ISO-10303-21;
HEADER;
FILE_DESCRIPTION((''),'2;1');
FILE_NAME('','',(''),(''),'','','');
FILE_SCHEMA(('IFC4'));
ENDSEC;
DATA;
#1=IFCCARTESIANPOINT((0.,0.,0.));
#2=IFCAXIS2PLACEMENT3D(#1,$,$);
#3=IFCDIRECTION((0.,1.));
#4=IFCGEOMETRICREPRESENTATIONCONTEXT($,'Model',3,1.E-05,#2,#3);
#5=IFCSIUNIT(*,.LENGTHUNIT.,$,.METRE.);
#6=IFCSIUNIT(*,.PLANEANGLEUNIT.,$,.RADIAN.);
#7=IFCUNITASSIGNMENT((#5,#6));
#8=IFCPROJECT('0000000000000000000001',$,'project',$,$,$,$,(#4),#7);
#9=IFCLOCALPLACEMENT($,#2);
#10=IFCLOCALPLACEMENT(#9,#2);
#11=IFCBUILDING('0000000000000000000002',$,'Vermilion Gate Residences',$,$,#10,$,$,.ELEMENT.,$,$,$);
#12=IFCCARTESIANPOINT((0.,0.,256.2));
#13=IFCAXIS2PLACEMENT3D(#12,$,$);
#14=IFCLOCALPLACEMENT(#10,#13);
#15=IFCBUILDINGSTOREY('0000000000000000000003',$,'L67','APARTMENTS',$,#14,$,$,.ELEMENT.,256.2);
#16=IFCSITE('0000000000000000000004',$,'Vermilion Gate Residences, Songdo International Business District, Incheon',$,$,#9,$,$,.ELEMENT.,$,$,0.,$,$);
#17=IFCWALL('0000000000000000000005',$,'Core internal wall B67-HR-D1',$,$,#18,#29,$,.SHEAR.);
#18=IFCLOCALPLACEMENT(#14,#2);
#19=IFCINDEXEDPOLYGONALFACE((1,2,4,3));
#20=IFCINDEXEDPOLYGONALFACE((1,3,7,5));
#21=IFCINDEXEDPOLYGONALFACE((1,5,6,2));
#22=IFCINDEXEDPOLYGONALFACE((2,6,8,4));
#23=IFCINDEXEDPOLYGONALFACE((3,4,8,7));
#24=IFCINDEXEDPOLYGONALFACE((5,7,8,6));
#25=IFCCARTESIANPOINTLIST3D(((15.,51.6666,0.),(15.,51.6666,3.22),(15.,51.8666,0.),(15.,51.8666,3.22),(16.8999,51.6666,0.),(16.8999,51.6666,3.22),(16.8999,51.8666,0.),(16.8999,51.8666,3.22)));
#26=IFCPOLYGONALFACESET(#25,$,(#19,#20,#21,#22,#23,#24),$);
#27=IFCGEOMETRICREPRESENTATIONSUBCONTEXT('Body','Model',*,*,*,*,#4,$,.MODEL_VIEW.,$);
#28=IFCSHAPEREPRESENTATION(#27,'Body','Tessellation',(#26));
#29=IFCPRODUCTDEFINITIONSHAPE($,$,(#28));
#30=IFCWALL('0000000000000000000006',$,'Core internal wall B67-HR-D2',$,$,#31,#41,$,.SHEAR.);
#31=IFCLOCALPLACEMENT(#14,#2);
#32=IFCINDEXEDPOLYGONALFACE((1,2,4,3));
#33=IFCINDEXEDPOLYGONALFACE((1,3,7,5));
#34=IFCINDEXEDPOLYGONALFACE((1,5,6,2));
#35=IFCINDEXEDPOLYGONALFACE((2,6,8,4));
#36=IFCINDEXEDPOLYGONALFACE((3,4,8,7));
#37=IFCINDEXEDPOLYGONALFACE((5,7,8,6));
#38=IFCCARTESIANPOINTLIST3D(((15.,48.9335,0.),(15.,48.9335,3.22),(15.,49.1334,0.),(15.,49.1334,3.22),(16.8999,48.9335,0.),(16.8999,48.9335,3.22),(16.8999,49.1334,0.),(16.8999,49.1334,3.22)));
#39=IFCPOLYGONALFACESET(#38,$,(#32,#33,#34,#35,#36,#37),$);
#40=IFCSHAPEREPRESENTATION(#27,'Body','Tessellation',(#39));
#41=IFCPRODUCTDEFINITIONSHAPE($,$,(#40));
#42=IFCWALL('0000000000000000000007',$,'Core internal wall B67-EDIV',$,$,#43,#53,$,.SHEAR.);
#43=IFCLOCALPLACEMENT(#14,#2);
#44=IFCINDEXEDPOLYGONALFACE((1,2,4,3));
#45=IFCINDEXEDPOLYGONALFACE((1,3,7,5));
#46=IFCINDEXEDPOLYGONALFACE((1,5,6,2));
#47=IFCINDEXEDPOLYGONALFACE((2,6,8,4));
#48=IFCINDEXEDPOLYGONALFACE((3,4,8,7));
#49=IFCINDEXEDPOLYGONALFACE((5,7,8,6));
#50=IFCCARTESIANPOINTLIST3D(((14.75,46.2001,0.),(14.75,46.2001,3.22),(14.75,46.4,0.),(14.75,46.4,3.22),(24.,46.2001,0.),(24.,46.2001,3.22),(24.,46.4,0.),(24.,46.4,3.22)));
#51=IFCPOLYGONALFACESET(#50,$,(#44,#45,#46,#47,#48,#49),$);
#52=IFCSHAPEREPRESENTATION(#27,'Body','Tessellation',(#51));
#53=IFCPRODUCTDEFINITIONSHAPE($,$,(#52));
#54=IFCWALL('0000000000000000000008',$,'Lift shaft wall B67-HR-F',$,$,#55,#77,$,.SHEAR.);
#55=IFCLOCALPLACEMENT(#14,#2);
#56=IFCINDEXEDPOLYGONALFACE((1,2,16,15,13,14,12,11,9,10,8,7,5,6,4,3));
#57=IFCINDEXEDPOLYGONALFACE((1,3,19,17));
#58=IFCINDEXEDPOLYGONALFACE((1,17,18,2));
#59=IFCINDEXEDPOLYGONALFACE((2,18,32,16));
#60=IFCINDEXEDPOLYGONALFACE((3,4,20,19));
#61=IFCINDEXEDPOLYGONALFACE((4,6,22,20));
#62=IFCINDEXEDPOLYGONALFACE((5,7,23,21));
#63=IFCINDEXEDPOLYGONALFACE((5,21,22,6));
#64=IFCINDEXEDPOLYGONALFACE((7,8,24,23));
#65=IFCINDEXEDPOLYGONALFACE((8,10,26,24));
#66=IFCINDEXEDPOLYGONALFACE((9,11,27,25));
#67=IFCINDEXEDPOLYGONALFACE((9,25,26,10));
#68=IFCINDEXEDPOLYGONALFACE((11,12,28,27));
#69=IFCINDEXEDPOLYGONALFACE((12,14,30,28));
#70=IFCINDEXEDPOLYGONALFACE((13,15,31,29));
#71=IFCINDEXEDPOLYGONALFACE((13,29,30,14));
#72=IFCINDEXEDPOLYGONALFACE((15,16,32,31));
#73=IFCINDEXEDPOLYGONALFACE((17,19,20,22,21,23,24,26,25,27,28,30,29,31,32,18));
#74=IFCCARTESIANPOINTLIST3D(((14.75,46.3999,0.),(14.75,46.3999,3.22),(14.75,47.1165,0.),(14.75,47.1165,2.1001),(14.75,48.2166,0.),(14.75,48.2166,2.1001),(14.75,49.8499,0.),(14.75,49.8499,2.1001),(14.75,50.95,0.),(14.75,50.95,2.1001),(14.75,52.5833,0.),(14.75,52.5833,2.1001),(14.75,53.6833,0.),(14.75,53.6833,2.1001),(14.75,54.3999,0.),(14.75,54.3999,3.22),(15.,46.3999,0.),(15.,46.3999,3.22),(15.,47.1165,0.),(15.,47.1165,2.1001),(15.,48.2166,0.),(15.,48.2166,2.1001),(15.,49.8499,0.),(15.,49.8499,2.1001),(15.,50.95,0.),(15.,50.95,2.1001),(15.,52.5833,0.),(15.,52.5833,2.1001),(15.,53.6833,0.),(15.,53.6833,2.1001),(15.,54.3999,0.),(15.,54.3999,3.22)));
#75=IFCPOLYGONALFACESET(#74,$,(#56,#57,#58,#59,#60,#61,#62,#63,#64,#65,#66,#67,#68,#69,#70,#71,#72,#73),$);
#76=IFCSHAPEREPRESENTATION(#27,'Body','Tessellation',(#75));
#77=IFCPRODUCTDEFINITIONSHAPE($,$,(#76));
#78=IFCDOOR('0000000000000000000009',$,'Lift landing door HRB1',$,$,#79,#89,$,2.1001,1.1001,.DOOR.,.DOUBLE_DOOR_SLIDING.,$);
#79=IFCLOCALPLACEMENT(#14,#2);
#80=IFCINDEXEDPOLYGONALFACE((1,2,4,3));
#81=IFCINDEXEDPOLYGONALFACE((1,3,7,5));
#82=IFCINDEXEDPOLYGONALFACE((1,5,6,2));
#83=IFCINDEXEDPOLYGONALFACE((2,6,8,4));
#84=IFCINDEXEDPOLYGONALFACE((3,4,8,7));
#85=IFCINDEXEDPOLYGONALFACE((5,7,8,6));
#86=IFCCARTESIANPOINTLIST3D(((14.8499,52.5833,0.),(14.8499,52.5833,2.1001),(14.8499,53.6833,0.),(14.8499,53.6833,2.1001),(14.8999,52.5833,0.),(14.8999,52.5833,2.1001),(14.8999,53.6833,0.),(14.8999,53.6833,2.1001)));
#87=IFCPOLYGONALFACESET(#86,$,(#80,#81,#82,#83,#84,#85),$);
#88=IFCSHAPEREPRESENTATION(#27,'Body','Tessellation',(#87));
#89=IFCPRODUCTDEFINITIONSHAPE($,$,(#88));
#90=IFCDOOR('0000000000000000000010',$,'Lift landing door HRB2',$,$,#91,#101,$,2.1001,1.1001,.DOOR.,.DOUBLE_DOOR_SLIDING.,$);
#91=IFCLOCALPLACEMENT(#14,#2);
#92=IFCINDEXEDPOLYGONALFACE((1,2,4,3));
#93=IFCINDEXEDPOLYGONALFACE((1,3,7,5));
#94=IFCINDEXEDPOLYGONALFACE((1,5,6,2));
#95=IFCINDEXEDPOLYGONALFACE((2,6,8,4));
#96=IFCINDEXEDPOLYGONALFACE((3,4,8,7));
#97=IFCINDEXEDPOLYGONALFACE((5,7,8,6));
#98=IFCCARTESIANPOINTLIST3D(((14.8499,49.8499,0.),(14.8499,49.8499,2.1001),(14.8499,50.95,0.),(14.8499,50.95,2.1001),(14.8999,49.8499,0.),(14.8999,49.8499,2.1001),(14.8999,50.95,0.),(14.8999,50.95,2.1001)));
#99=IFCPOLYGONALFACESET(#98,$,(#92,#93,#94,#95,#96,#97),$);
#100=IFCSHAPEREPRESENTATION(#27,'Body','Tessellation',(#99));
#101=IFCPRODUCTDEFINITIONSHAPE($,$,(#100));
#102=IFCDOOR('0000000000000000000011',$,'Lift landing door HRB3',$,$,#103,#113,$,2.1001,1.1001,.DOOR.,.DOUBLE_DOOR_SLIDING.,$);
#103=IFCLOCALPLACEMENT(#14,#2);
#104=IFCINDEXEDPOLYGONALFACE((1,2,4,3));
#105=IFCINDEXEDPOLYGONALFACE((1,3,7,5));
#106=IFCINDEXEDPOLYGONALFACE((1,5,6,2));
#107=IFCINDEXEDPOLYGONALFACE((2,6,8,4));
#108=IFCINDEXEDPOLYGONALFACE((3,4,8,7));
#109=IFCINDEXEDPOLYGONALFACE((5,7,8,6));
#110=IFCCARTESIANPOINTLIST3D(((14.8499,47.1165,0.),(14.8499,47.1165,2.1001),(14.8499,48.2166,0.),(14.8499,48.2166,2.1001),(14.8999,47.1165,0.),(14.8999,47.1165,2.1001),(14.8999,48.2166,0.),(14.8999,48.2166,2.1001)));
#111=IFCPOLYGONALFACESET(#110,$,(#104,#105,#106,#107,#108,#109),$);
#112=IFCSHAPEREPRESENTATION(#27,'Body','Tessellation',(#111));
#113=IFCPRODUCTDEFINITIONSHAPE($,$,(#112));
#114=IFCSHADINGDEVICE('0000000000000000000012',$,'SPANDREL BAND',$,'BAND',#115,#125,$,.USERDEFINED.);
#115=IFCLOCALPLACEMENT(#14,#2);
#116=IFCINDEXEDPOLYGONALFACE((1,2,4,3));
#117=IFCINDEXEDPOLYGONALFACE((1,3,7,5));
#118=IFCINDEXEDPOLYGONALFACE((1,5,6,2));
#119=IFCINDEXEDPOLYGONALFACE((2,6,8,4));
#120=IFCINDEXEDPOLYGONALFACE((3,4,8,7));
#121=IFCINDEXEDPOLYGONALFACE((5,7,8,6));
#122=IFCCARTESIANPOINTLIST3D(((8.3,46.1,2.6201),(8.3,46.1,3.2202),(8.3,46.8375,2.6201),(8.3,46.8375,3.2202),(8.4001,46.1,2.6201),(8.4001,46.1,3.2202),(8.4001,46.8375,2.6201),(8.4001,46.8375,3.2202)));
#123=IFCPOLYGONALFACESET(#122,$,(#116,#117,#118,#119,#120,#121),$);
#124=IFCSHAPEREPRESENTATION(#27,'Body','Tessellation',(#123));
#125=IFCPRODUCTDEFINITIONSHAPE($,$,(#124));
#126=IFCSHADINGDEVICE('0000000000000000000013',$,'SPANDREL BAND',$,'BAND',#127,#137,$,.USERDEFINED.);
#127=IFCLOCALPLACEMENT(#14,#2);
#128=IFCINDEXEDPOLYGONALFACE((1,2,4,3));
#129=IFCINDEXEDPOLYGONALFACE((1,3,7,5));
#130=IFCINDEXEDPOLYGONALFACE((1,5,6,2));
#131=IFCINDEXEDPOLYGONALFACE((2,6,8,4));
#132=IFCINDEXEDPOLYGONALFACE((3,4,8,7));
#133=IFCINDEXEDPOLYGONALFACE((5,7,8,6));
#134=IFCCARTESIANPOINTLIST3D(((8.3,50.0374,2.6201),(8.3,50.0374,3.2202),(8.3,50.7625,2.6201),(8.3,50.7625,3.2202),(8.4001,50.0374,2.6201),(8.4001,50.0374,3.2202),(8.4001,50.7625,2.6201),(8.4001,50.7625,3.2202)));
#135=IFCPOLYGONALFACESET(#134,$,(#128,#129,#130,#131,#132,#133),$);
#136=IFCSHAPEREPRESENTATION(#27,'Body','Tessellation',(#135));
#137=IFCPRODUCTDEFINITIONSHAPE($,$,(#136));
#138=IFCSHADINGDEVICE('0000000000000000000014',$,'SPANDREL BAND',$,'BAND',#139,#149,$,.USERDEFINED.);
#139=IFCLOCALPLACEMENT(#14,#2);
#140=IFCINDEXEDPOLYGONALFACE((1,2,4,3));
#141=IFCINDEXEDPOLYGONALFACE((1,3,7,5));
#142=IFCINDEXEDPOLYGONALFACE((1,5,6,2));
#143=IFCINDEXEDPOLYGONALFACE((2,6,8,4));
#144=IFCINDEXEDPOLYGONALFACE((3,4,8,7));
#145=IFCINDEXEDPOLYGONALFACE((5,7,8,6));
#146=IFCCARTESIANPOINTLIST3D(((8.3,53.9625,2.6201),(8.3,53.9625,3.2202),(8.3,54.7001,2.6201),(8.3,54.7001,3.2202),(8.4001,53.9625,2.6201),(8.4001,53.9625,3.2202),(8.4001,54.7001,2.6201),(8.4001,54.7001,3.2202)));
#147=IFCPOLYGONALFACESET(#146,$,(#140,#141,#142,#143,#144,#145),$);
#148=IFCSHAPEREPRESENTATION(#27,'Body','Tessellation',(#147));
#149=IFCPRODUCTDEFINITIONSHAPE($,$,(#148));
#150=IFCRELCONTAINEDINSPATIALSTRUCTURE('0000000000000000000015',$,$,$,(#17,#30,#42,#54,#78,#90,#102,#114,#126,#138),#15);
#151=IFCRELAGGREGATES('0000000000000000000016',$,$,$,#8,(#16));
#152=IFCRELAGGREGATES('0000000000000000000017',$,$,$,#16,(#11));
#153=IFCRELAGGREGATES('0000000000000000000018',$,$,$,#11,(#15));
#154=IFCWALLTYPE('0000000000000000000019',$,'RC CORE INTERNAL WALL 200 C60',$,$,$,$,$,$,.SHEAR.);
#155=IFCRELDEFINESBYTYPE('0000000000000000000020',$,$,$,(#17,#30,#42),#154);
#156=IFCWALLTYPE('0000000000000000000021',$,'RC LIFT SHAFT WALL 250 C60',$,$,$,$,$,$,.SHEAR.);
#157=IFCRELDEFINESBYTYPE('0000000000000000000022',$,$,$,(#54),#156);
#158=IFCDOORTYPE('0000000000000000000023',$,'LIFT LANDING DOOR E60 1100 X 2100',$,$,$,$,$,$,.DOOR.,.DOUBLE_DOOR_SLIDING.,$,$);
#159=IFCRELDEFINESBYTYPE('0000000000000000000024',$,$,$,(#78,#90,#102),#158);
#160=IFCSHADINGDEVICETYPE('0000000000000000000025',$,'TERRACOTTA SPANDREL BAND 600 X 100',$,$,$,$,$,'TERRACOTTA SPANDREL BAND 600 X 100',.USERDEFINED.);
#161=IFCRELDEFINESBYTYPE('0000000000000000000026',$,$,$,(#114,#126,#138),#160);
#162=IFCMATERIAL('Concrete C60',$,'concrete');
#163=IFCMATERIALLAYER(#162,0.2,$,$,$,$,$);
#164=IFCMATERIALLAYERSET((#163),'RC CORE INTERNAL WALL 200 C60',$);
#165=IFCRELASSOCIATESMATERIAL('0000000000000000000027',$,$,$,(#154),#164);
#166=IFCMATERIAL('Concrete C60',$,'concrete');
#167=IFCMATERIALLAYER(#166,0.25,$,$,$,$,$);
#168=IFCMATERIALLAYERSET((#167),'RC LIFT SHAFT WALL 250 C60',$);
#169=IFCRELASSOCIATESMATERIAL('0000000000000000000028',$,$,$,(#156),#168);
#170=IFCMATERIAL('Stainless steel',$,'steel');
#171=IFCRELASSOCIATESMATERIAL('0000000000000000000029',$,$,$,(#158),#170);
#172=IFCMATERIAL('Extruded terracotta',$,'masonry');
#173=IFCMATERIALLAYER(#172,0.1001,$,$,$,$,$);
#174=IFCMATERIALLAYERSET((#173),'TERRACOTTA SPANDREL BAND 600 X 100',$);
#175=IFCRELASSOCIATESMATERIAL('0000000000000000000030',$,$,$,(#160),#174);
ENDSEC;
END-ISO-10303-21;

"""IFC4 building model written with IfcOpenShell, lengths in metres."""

from ifc_helpers import new_model, si_unit, direction, frame, frame_2d, origin, origin_2d, place, context, subcontext, project, spatial, rectangle, extrude, material, layer, layer_set, type_object, element, fill, save


model = new_model("IFC4")

# Units and contexts
model_context = context("Model", 3, precision=1e-05, world=origin(), true_north=direction((0.0, 1.0)))
body_context = subcontext(model_context, "Body", "Model", "MODEL_VIEW")
ifc_project = project(units=[si_unit("LENGTHUNIT", "METRE"), si_unit("PLANEANGLEUNIT", "RADIAN")], contexts=[model_context])

# Site, building, storey
site_placement = place(None, origin())
site = spatial("IfcSite", under=ifc_project, at=site_placement, Name="Vermilion Gate Residences, Songdo International Business District, Incheon", CompositionType="ELEMENT", RefElevation=0.0)
building_placement = place(site_placement, origin())
building = spatial("IfcBuilding", under=site, at=building_placement, Name="Vermilion Gate Residences", CompositionType="ELEMENT")
storey_placement = place(building_placement, frame((0.0, 0.0, 256.2)))
storey = spatial("IfcBuildingStorey", under=building, at=storey_placement, Name="L67", Description="APARTMENTS", CompositionType="ELEMENT", Elevation=256.2)

# Walls
ifc_material_1 = material(Name="Concrete C60", Category="concrete")
ifc_layer_1 = layer(ifc_material_1, 0.2)
ifc_layer_set_1 = layer_set([ifc_layer_1], Name="RC CORE INTERNAL WALL 200 C60")
wall_type_1 = type_object("IfcWallType", Name="RC CORE INTERNAL WALL 200 C60", PredefinedType="SHEAR", material=ifc_layer_set_1)
for number, where, z_axis, x_axis, name in (
    (1, (15.0, 51.7666, 0.0), (0.0, 0.0, 1.0), (1.0, 0.0, 0.0), "Core internal wall B67-HR-D1"),
    (2, (15.0, 49.0334, 0.0), (0.0, 0.0, 1.0), (1.0, 0.0, 0.0), "Core internal wall B67-HR-D2"),
):
    element("IfcWall", number, at=place(storey_placement, frame(where, z_axis=z_axis, x_axis=x_axis)), inside=storey, type_object=wall_type_1, Name=name, PredefinedType="SHEAR", context=body_context, shape_type="SweptSolid", body=[
        extrude(rectangle(XDim=1.8999, YDim=0.2, at=frame_2d((0.95, 0.0))), origin(), (0.0, 0.0, 1.0), 3.22),
    ])
wall_1_placement = place(storey_placement, frame((14.75, 46.3, 0.0), z_axis=(0.0, 0.0, 1.0), x_axis=(1.0, 0.0, 0.0)))
element("IfcWall", 3, at=wall_1_placement, inside=storey, type_object=wall_type_1, Name="Core internal wall B67-EDIV", PredefinedType="SHEAR", context=body_context, shape_type="SweptSolid", body=[
    extrude(rectangle(XDim=9.25, YDim=0.2, at=frame_2d((4.625, 0.0))), origin(), (0.0, 0.0, 1.0), 3.22),
])

# Wall, openings, doors
ifc_material_2 = material(Name="Concrete C60", Category="concrete")
ifc_layer_2 = layer(ifc_material_2, 0.25)
ifc_layer_set_2 = layer_set([ifc_layer_2], Name="RC LIFT SHAFT WALL 250 C60")
wall_type_2 = type_object("IfcWallType", Name="RC LIFT SHAFT WALL 250 C60", PredefinedType="SHEAR", material=ifc_layer_set_2)
wall_2_placement = place(storey_placement, frame((14.875, 54.3999, 0.0), z_axis=(0.0, 0.0, 1.0), x_axis=(0.0, -1.0, 0.0)))
wall_2 = element("IfcWall", 4, at=wall_2_placement, inside=storey, type_object=wall_type_2, Name="Lift shaft wall B67-HR-F", PredefinedType="SHEAR", context=body_context, shape_type="SweptSolid", body=[
    extrude(rectangle(XDim=8.0, YDim=0.25, at=frame_2d((4.0, 0.0))), origin(), (0.0, 0.0, 1.0), 3.22),
])
opening_1_placement = place(wall_2_placement, frame((0.7166, 0.0, 0.0)))
opening_1 = element("IfcOpeningElement", 5, at=opening_1_placement, cuts=wall_2, PredefinedType="OPENING", context=body_context, shape_type="SweptSolid", body=[
    extrude(rectangle(XDim=1.1001, YDim=2.1001, at=frame_2d((0.55, 1.05))), frame((0.0, 0.135, 0.0), z_axis=(0.0, -1.0, 0.0), x_axis=(1.0, 0.0, 0.0)), (0.0, 0.0, 1.0), 0.27),
])
opening_2_placement = place(wall_2_placement, frame((3.45, 0.0, 0.0)))
opening_2 = element("IfcOpeningElement", 6, at=opening_2_placement, cuts=wall_2, PredefinedType="OPENING", context=body_context, shape_type="SweptSolid", body=[
    extrude(rectangle(XDim=1.1001, YDim=2.1001, at=frame_2d((0.55, 1.05))), frame((0.0, 0.135, 0.0), z_axis=(0.0, -1.0, 0.0), x_axis=(1.0, 0.0, 0.0)), (0.0, 0.0, 1.0), 0.27),
])
opening_3_placement = place(wall_2_placement, frame((6.1833, 0.0, 0.0)))
opening_3 = element("IfcOpeningElement", 7, at=opening_3_placement, cuts=wall_2, PredefinedType="OPENING", context=body_context, shape_type="SweptSolid", body=[
    extrude(rectangle(XDim=1.1001, YDim=2.1001, at=frame_2d((0.55, 1.05))), frame((0.0, 0.135, 0.0), z_axis=(0.0, -1.0, 0.0), x_axis=(1.0, 0.0, 0.0)), (0.0, 0.0, 1.0), 0.27),
])
ifc_material_3 = material(Name="Stainless steel", Category="steel")
door_type_1 = type_object("IfcDoorType", Name="LIFT LANDING DOOR E60 1100 X 2100", OperationType="DOUBLE_DOOR_SLIDING", PredefinedType="DOOR", material=ifc_material_3)
door_1_placement = place(opening_1_placement, origin())
door_1 = element("IfcDoor", 8, at=door_1_placement, inside=storey, type_object=door_type_1, Name="Lift landing door HRB1", OperationType="DOUBLE_DOOR_SLIDING", OverallHeight=2.1001, OverallWidth=1.1001, PredefinedType="DOOR", context=body_context, shape_type="SweptSolid", body=[
    extrude(rectangle(XDim=1.1001, YDim=2.1001, at=frame_2d((0.55, 1.05))), frame((0.0, 0.0249, 0.0), z_axis=(0.0, -1.0, 0.0), x_axis=(1.0, 0.0, 0.0)), (0.0, 0.0, 1.0), 0.05),
])
fill(opening_1, door_1)
door_2_placement = place(opening_2_placement, origin())
door_2 = element("IfcDoor", 9, at=door_2_placement, inside=storey, type_object=door_type_1, Name="Lift landing door HRB2", OperationType="DOUBLE_DOOR_SLIDING", OverallHeight=2.1001, OverallWidth=1.1001, PredefinedType="DOOR", context=body_context, shape_type="SweptSolid", body=[
    extrude(rectangle(XDim=1.1001, YDim=2.1001, at=frame_2d((0.55, 1.05))), frame((0.0, 0.0249, 0.0), z_axis=(0.0, -1.0, 0.0), x_axis=(1.0, 0.0, 0.0)), (0.0, 0.0, 1.0), 0.05),
])
fill(opening_2, door_2)
door_3_placement = place(opening_3_placement, origin())
door_3 = element("IfcDoor", 10, at=door_3_placement, inside=storey, type_object=door_type_1, Name="Lift landing door HRB3", OperationType="DOUBLE_DOOR_SLIDING", OverallHeight=2.1001, OverallWidth=1.1001, PredefinedType="DOOR", context=body_context, shape_type="SweptSolid", body=[
    extrude(rectangle(XDim=1.1001, YDim=2.1001, at=frame_2d((0.55, 1.05))), frame((0.0, 0.0249, 0.0), z_axis=(0.0, -1.0, 0.0), x_axis=(1.0, 0.0, 0.0)), (0.0, 0.0, 1.0), 0.05),
])
fill(opening_3, door_3)

# Shading devices
ifc_material_4 = material(Name="Extruded terracotta", Category="masonry")
ifc_layer_3 = layer(ifc_material_4, 0.1001)
ifc_layer_set_3 = layer_set([ifc_layer_3], Name="TERRACOTTA SPANDREL BAND 600 X 100")
shading_device_type = type_object("IfcShadingDeviceType", Name="TERRACOTTA SPANDREL BAND 600 X 100", ElementType="TERRACOTTA SPANDREL BAND 600 X 100", PredefinedType="USERDEFINED", material=ifc_layer_set_3)
shading_device_1_placement = place(storey_placement, frame((8.3501, 46.4688, 2.6201), z_axis=(0.0, 0.0, 1.0), x_axis=(0.0, 1.0, 0.0)))
element("IfcShadingDevice", 11, at=shading_device_1_placement, inside=storey, type_object=shading_device_type, Name="SPANDREL BAND", ObjectType="BAND", PredefinedType="USERDEFINED", context=body_context, shape_type="SweptSolid", body=[
    extrude(rectangle(XDim=0.7375, YDim=0.1001, at=origin_2d()), origin(), (0.0, 0.0, 1.0), 0.6001),
])
shading_device_2_placement = place(storey_placement, frame((8.3501, 50.3999, 2.6201), z_axis=(0.0, 0.0, 1.0), x_axis=(0.0, 1.0, 0.0)))
element("IfcShadingDevice", 12, at=shading_device_2_placement, inside=storey, type_object=shading_device_type, Name="SPANDREL BAND", ObjectType="BAND", PredefinedType="USERDEFINED", context=body_context, shape_type="SweptSolid", body=[
    extrude(rectangle(XDim=0.7251, YDim=0.1001, at=origin_2d()), origin(), (0.0, 0.0, 1.0), 0.6001),
])
shading_device_3_placement = place(storey_placement, frame((8.3501, 54.3313, 2.6201), z_axis=(0.0, 0.0, 1.0), x_axis=(0.0, 1.0, 0.0)))
element("IfcShadingDevice", 13, at=shading_device_3_placement, inside=storey, type_object=shading_device_type, Name="SPANDREL BAND", ObjectType="BAND", PredefinedType="USERDEFINED", context=body_context, shape_type="SweptSolid", body=[
    extrude(rectangle(XDim=0.7375, YDim=0.1001, at=origin_2d()), origin(), (0.0, 0.0, 1.0), 0.6001),
])

save(model, "model.ifc")
